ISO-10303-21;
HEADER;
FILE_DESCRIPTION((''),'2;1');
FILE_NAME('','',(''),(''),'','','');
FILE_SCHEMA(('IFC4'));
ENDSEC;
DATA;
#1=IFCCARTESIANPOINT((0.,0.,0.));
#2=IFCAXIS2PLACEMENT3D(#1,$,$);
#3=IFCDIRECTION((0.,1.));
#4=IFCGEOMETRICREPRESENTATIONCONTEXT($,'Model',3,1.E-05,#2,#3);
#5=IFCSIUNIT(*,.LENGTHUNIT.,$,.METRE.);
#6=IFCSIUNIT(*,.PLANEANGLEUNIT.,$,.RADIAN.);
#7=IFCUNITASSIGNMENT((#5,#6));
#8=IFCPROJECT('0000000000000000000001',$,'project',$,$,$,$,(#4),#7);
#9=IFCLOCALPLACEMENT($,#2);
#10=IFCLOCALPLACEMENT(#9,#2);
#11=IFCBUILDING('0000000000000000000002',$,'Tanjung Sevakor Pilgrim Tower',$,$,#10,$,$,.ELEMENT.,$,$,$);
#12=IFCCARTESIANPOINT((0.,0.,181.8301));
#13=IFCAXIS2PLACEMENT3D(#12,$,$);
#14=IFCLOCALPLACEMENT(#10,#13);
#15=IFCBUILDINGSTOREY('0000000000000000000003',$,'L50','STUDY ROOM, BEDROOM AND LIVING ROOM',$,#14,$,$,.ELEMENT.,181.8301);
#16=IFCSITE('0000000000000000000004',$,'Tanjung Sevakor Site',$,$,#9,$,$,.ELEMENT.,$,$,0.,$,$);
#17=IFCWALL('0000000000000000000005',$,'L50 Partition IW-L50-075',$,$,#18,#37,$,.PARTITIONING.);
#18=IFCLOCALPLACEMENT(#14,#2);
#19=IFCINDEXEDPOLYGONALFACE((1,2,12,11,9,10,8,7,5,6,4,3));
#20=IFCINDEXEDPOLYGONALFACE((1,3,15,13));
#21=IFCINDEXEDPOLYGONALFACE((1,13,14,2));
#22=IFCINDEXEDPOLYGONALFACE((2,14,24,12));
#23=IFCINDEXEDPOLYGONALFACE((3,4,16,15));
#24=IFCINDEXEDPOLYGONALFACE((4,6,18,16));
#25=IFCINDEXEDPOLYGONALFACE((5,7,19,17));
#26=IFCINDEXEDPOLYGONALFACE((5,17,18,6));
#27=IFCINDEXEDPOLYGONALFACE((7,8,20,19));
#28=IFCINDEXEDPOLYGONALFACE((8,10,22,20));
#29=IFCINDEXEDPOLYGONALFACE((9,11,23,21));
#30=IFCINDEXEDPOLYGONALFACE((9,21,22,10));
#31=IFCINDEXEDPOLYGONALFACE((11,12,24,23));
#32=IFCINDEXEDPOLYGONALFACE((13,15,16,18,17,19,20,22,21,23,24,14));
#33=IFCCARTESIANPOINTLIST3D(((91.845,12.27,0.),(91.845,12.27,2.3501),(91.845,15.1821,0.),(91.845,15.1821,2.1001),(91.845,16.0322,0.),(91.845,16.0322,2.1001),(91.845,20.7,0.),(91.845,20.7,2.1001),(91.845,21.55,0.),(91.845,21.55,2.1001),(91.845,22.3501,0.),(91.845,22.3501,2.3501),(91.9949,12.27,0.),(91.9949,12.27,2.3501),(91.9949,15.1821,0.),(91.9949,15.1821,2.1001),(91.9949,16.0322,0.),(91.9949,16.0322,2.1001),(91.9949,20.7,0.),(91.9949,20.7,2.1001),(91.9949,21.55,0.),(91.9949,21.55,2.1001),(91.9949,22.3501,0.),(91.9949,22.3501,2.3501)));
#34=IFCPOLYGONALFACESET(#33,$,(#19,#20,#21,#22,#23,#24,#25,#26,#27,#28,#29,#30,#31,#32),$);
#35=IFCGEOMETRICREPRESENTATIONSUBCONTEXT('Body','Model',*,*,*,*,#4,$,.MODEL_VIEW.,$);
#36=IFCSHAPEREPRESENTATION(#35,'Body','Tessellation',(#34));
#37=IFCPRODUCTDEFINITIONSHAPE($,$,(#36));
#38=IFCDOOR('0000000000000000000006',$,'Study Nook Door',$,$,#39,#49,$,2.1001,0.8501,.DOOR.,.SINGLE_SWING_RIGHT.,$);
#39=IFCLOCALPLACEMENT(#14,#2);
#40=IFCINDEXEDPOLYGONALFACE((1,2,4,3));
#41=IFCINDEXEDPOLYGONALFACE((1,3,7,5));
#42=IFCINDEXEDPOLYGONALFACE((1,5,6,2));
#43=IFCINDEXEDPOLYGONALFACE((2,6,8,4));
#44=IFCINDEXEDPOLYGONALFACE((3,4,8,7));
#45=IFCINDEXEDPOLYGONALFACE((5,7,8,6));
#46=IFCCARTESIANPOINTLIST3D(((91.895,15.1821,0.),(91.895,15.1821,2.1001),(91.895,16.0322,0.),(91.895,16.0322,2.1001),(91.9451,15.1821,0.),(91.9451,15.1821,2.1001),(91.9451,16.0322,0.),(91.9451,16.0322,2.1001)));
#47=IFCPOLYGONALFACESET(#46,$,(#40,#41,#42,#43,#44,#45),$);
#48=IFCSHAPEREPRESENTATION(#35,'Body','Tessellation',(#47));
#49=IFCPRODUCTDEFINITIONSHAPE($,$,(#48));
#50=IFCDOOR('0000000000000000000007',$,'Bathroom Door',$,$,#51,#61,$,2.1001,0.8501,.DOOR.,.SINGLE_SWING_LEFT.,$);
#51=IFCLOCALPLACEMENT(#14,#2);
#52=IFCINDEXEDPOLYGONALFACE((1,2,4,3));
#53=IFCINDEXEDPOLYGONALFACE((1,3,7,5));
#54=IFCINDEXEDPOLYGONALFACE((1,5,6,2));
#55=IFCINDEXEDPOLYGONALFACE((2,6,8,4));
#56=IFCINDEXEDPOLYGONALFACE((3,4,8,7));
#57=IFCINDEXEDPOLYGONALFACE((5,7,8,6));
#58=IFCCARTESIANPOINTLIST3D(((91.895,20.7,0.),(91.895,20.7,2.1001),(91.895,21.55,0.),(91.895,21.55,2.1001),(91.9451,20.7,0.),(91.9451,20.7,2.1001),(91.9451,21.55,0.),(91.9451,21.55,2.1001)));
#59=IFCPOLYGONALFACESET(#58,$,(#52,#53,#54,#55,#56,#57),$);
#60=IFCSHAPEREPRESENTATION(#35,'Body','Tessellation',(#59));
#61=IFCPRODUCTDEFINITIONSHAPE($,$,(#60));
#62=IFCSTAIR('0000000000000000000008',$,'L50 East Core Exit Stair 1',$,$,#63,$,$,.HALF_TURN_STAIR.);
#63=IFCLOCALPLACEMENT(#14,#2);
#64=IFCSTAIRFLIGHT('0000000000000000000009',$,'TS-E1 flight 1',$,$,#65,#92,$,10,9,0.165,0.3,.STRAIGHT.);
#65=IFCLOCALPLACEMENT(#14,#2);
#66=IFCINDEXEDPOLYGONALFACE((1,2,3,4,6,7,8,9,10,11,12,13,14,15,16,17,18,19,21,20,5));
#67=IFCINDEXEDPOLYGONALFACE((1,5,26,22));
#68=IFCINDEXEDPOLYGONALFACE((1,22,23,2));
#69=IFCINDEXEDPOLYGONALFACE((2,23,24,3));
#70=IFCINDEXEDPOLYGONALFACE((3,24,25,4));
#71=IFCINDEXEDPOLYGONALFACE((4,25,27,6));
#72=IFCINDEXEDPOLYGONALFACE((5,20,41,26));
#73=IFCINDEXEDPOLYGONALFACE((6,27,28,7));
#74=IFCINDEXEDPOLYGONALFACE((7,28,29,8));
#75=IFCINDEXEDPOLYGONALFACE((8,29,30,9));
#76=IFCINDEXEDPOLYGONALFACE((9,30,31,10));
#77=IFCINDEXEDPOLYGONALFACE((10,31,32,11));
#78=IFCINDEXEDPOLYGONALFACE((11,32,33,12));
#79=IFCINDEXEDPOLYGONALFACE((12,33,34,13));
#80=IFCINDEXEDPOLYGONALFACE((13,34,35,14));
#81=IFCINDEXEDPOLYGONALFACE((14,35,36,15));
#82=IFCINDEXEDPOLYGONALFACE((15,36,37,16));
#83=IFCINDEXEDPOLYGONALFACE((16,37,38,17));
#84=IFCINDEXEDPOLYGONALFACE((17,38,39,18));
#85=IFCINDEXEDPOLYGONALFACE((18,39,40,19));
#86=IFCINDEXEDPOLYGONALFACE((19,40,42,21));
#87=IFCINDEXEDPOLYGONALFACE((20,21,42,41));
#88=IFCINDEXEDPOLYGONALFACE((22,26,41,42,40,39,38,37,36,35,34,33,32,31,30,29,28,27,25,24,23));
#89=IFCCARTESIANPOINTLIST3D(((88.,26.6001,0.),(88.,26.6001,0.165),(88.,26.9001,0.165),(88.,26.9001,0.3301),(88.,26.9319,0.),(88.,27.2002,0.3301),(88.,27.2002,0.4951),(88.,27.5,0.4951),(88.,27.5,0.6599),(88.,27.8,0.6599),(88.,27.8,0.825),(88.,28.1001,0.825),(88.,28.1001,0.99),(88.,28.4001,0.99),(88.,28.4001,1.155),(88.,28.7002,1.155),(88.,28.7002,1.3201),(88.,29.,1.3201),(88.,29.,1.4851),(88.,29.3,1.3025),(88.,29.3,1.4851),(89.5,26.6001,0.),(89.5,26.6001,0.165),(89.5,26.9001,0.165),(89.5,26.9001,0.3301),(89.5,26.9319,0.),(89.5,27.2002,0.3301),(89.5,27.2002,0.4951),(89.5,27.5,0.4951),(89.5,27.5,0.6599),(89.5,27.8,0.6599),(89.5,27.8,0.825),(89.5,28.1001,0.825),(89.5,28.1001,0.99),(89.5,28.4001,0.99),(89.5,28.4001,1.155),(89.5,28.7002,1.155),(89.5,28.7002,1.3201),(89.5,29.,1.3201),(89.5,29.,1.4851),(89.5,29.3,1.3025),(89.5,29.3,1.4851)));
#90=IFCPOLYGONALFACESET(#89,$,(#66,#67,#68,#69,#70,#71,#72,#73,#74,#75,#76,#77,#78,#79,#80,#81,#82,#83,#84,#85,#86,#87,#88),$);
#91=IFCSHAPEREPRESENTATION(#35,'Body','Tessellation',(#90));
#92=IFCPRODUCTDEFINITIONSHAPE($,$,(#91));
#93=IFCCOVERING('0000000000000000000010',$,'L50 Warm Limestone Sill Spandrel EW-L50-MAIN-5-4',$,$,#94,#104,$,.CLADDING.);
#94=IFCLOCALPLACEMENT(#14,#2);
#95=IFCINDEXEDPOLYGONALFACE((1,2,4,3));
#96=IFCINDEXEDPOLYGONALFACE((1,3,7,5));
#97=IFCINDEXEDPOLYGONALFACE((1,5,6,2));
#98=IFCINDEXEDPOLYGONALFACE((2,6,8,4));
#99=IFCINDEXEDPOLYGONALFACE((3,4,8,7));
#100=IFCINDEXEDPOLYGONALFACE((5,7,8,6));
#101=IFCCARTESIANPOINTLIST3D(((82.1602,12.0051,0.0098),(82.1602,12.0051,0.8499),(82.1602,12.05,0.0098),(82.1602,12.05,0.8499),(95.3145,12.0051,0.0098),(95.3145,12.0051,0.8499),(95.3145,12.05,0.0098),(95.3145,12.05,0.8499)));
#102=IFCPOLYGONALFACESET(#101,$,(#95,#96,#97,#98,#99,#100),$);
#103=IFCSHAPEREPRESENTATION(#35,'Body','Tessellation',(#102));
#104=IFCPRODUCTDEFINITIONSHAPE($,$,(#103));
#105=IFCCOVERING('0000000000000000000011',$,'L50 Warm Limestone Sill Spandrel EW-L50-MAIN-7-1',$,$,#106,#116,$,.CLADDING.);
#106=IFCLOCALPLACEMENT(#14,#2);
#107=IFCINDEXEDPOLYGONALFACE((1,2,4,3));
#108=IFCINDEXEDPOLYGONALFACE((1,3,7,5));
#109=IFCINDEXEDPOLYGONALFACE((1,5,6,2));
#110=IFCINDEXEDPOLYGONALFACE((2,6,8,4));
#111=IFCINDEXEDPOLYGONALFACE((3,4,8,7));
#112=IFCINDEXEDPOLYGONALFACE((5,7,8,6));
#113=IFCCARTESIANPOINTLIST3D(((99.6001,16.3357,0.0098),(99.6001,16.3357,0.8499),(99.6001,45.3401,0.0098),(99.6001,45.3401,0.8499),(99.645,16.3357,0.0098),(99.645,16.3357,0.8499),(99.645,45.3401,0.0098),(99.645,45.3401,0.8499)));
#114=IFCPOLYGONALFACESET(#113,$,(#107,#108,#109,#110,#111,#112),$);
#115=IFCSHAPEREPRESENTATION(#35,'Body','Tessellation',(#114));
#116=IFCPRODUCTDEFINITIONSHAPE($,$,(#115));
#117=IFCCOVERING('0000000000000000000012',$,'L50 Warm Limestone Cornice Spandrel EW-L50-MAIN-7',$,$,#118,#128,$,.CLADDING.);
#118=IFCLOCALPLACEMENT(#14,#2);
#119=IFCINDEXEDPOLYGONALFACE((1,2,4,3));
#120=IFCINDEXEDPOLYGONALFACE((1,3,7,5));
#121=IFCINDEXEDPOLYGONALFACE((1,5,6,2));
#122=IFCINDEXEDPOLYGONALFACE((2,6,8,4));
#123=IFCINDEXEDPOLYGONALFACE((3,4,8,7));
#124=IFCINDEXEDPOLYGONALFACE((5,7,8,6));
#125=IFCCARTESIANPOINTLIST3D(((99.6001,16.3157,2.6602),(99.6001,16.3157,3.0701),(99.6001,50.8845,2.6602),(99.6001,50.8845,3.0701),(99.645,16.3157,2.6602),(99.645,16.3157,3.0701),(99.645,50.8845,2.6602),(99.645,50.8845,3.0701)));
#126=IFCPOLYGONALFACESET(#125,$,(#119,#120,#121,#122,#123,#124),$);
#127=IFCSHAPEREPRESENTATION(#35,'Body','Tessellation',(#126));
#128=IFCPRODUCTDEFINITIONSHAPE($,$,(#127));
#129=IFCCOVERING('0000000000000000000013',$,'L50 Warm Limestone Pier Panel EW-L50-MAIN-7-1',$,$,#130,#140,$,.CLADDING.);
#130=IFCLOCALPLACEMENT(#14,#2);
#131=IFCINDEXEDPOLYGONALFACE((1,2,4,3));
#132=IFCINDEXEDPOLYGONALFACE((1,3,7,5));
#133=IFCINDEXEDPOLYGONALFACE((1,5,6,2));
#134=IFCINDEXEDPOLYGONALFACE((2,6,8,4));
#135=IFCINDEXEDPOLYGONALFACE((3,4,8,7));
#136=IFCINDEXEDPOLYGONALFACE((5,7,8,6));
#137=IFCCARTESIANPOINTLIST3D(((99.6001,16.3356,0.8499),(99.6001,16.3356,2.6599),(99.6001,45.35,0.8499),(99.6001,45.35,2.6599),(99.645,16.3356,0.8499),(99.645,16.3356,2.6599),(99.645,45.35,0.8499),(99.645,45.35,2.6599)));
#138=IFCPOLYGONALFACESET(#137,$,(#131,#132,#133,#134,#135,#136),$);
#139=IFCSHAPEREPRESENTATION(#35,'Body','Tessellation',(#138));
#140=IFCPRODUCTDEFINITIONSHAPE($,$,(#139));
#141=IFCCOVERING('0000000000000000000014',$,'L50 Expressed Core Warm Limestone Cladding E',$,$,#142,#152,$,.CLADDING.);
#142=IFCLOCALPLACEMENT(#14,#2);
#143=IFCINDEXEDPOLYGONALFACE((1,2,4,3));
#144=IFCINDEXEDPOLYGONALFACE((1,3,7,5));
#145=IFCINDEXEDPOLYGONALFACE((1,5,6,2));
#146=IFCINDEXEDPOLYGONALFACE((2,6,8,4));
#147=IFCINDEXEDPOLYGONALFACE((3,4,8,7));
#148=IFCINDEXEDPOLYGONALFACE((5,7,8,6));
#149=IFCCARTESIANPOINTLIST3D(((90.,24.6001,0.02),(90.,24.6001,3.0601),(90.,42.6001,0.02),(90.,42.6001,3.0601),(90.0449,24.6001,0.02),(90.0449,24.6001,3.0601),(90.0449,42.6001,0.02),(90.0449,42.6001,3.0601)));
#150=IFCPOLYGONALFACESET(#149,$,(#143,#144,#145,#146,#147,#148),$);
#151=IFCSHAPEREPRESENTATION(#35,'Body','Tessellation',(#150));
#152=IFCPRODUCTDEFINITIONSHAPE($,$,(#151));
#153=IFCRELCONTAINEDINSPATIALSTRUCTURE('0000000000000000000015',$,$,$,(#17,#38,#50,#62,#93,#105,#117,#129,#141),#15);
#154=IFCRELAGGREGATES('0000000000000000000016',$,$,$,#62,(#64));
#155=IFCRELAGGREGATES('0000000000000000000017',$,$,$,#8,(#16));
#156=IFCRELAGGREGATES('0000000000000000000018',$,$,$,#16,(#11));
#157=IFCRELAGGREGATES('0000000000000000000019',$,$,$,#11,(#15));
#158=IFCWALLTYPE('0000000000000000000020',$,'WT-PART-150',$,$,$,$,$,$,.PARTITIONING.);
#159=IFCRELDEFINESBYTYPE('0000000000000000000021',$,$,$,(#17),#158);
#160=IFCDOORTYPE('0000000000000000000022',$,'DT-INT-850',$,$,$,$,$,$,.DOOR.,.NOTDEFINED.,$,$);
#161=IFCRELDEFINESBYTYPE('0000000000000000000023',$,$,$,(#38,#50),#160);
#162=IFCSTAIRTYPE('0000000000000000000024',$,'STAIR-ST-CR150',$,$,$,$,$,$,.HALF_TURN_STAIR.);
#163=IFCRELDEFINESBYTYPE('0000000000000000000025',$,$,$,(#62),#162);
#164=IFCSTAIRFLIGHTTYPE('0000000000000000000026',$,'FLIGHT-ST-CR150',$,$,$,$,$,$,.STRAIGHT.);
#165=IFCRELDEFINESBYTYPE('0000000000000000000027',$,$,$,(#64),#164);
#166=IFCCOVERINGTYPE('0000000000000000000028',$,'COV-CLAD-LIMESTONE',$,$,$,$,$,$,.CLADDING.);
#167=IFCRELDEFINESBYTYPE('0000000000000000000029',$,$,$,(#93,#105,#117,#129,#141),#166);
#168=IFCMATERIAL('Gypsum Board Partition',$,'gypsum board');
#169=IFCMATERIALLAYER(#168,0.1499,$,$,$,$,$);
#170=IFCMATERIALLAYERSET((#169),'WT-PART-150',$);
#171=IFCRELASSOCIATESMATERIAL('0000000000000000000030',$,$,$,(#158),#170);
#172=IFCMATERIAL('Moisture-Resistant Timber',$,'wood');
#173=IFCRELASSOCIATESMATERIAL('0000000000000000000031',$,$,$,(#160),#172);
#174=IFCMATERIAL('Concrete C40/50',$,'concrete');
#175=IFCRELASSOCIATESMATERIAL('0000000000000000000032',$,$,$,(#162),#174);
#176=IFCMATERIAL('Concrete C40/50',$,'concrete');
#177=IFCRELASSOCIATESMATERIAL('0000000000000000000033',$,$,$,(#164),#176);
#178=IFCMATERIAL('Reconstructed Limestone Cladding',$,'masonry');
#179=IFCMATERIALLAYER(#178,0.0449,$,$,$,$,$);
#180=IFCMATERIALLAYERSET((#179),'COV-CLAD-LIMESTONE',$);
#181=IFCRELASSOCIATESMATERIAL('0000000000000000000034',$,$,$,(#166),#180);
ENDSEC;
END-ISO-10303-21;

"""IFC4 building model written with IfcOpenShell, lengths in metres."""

from ifc_helpers import new_model, si_unit, direction, frame, frame_2d, origin, origin_2d, place, context, subcontext, project, spatial, polyline, rectangle, outline, extrude, material, layer, layer_set, type_object, element, fill, aggregate, save


model = new_model("IFC4")

# Units and contexts
model_context = context("Model", 3, precision=1e-05, world=origin(), true_north=direction((0.0, 1.0)))
body_context = subcontext(model_context, "Body", "Model", "MODEL_VIEW")
ifc_project = project(units=[si_unit("LENGTHUNIT", "METRE"), si_unit("PLANEANGLEUNIT", "RADIAN")], contexts=[model_context])

# Site, building, storey
site_placement = place(None, origin())
site = spatial("IfcSite", under=ifc_project, at=site_placement, Name="Tanjung Sevakor Site", CompositionType="ELEMENT", RefElevation=0.0)
building_placement = place(site_placement, origin())
building = spatial("IfcBuilding", under=site, at=building_placement, Name="Tanjung Sevakor Pilgrim Tower", CompositionType="ELEMENT")
storey_placement = place(building_placement, frame((0.0, 0.0, 181.8301)))
storey = spatial("IfcBuildingStorey", under=building, at=storey_placement, Name="L50", Description="STUDY ROOM, BEDROOM AND LIVING ROOM", CompositionType="ELEMENT", Elevation=181.8301)

# Wall, openings, doors
ifc_material_1 = material(Name="Gypsum Board Partition", Category="gypsum board")
ifc_layer_1 = layer(ifc_material_1, 0.1499)
ifc_layer_set_1 = layer_set([ifc_layer_1], Name="WT-PART-150")
wall_type_1 = type_object("IfcWallType", Name="WT-PART-150", PredefinedType="PARTITIONING", material=ifc_layer_set_1)
wall_1_placement = place(storey_placement, frame((91.9199, 12.27, 0.0), z_axis=(0.0, 0.0, 1.0), x_axis=(0.0, 1.0, 0.0)))
wall_1 = element("IfcWall", 1, at=wall_1_placement, inside=storey, type_object=wall_type_1, Name="L50 Partition IW-L50-075", PredefinedType="PARTITIONING", context=body_context, shape_type="SweptSolid", body=[
    extrude(rectangle(XDim=10.0801, YDim=0.1499, at=frame_2d((5.04, 0.0))), origin(), (0.0, 0.0, 1.0), 2.3501),
])
opening_1_placement = place(wall_1_placement, frame((2.9121, 0.0, 0.0)))
opening_1 = element("IfcOpeningElement", 2, at=opening_1_placement, cuts=wall_1, PredefinedType="OPENING", context=body_context, shape_type="SweptSolid", body=[
    extrude(rectangle(XDim=0.8501, YDim=2.1001, at=frame_2d((0.425, 1.05))), frame((0.0, 0.085, 0.0), z_axis=(0.0, -1.0, 0.0), x_axis=(1.0, 0.0, 0.0)), (0.0, 0.0, 1.0), 0.1699),
])
opening_2_placement = place(wall_1_placement, frame((8.4299, 0.0, 0.0)))
opening_2 = element("IfcOpeningElement", 3, at=opening_2_placement, cuts=wall_1, PredefinedType="OPENING", context=body_context, shape_type="SweptSolid", body=[
    extrude(rectangle(XDim=0.8501, YDim=2.1001, at=frame_2d((0.425, 1.05))), frame((0.0, 0.085, 0.0), z_axis=(0.0, -1.0, 0.0), x_axis=(1.0, 0.0, 0.0)), (0.0, 0.0, 1.0), 0.1699),
])
ifc_material_2 = material(Name="Moisture-Resistant Timber", Category="wood")
door_type_1 = type_object("IfcDoorType", Name="DT-INT-850", OperationType="NOTDEFINED", PredefinedType="DOOR", material=ifc_material_2)
door_1_placement = place(opening_1_placement, origin())
door_1 = element("IfcDoor", 4, at=door_1_placement, inside=storey, type_object=door_type_1, Name="Study Nook Door", OperationType="SINGLE_SWING_RIGHT", OverallHeight=2.1001, OverallWidth=0.8501, PredefinedType="DOOR", context=body_context, shape_type="SweptSolid", body=[
    extrude(rectangle(XDim=0.8501, YDim=2.1001, at=frame_2d((0.425, 1.05))), frame((0.0, 0.0249, 0.0), z_axis=(0.0, -1.0, 0.0), x_axis=(1.0, 0.0, 0.0)), (0.0, 0.0, 1.0), 0.05),
])
fill(opening_1, door_1)
door_2_placement = place(opening_2_placement, origin())
door_2 = element("IfcDoor", 5, at=door_2_placement, inside=storey, type_object=door_type_1, Name="Bathroom Door", OperationType="SINGLE_SWING_LEFT", OverallHeight=2.1001, OverallWidth=0.8501, PredefinedType="DOOR", context=body_context, shape_type="SweptSolid", body=[
    extrude(rectangle(XDim=0.8501, YDim=2.1001, at=frame_2d((0.425, 1.05))), frame((0.0, 0.0249, 0.0), z_axis=(0.0, -1.0, 0.0), x_axis=(1.0, 0.0, 0.0)), (0.0, 0.0, 1.0), 0.05),
])
fill(opening_2, door_2)

# Stair, stair flight
ifc_material_3 = material(Name="Concrete C40/50", Category="concrete")
stair_type = type_object("IfcStairType", Name="STAIR-ST-CR150", PredefinedType="HALF_TURN_STAIR", material=ifc_material_3)
stair_placement = place(storey_placement, origin())
stair = element("IfcStair", 6, at=stair_placement, inside=storey, type_object=stair_type, Name="L50 East Core Exit Stair 1", PredefinedType="HALF_TURN_STAIR")
ifc_material_4 = material(Name="Concrete C40/50", Category="concrete")
stair_flight_type = type_object("IfcStairFlightType", Name="FLIGHT-ST-CR150", PredefinedType="STRAIGHT", material=ifc_material_4)
stair_flight_placement = place(storey_placement, frame((88.75, 26.6001, 0.0), z_axis=(0.0, 0.0, 1.0), x_axis=(0.0, 1.0, 0.0)))
stair_flight = element("IfcStairFlight", 7, at=stair_flight_placement, type_object=stair_flight_type, Name="TS-E1 flight 1", NumberOfRisers=10, NumberOfTreads=9, PredefinedType="STRAIGHT", RiserHeight=0.165, TreadLength=0.3, context=body_context, shape_type="SweptSolid", body=[
    extrude(outline(polyline([(0.0, 0.0), (0.0, 0.165), (0.3, 0.165), (0.3, 0.3301), (0.6001, 0.3301), (0.6001, 0.4951), (0.8999, 0.4951), (0.8999, 0.6599), (1.2, 0.6599), (1.2, 0.825), (1.5, 0.825), (1.5, 0.99), (1.8, 0.99), (1.8, 1.155), (2.1001, 1.155), (2.1001, 1.3201), (2.3999, 1.3201), (2.3999, 1.4851), (2.7, 1.4851), (2.7, 1.6499), (2.7, 1.3025), (0.3318, 0.0), (0.0, 0.0)])), frame((0.0, 0.75, 0.0), z_axis=(0.0, -1.0, 0.0), x_axis=(1.0, 0.0, 0.0)), (0.0, 0.0, 1.0), 1.5),
])
aggregate(stair, [stair_flight])

# Coverings
ifc_material_5 = material(Name="Reconstructed Limestone Cladding", Category="masonry")
ifc_layer_2 = layer(ifc_material_5, 0.0449)
ifc_layer_set_2 = layer_set([ifc_layer_2], Name="COV-CLAD-LIMESTONE")
covering_type = type_object("IfcCoveringType", Name="COV-CLAD-LIMESTONE", PredefinedType="CLADDING", material=ifc_layer_set_2)
covering_1_placement = place(storey_placement, frame((88.7373, 12.0276, 0.0098), z_axis=(0.0, 0.0, 1.0), x_axis=(1.0, 0.0, 0.0)))
element("IfcCovering", 8, at=covering_1_placement, inside=storey, type_object=covering_type, Name="L50 Warm Limestone Sill Spandrel EW-L50-MAIN-5-4", PredefinedType="CLADDING", context=body_context, shape_type="SweptSolid", body=[
    extrude(rectangle(XDim=13.1543, YDim=0.0449, at=origin_2d()), origin(), (0.0, 0.0, 1.0), 0.8401),
])
covering_2_placement = place(storey_placement, frame((99.6226, 30.8379, 0.0098), z_axis=(0.0, 0.0, 1.0), x_axis=(0.0, 1.0, 0.0)))
element("IfcCovering", 9, at=covering_2_placement, inside=storey, type_object=covering_type, Name="L50 Warm Limestone Sill Spandrel EW-L50-MAIN-7-1", PredefinedType="CLADDING", context=body_context, shape_type="SweptSolid", body=[
    extrude(rectangle(XDim=29.0044, YDim=0.0449, at=origin_2d()), origin(), (0.0, 0.0, 1.0), 0.8401),
])
covering_3_placement = place(storey_placement, frame((99.6226, 33.6001, 2.6602), z_axis=(0.0, 0.0, 1.0), x_axis=(0.0, 1.0, 0.0)))
element("IfcCovering", 10, at=covering_3_placement, inside=storey, type_object=covering_type, Name="L50 Warm Limestone Cornice Spandrel EW-L50-MAIN-7", PredefinedType="CLADDING", context=body_context, shape_type="SweptSolid", body=[
    extrude(rectangle(XDim=34.5688, YDim=0.0449, at=origin_2d()), origin(), (0.0, 0.0, 1.0), 0.4099),
])
covering_4_placement = place(storey_placement, frame((99.6226, 30.8428, 0.8499), z_axis=(0.0, 0.0, 1.0), x_axis=(0.0, 1.0, 0.0)))
element("IfcCovering", 11, at=covering_4_placement, inside=storey, type_object=covering_type, Name="L50 Warm Limestone Pier Panel EW-L50-MAIN-7-1", PredefinedType="CLADDING", context=body_context, shape_type="SweptSolid", body=[
    extrude(rectangle(XDim=29.0144, YDim=0.0449, at=origin_2d()), origin(), (0.0, 0.0, 1.0), 1.8101),
])
covering_5_placement = place(storey_placement, frame((90.0225, 33.6001, 0.02), z_axis=(0.0, 0.0, 1.0), x_axis=(1.0, 0.0, 0.0)))
element("IfcCovering", 12, at=covering_5_placement, inside=storey, type_object=covering_type, Name="L50 Expressed Core Warm Limestone Cladding E", PredefinedType="CLADDING", context=body_context, shape_type="SweptSolid", body=[
    extrude(rectangle(XDim=0.0449, YDim=18.0, at=origin_2d()), origin(), (0.0, 0.0, 1.0), 3.04),
])

save(model, "model.ifc")
